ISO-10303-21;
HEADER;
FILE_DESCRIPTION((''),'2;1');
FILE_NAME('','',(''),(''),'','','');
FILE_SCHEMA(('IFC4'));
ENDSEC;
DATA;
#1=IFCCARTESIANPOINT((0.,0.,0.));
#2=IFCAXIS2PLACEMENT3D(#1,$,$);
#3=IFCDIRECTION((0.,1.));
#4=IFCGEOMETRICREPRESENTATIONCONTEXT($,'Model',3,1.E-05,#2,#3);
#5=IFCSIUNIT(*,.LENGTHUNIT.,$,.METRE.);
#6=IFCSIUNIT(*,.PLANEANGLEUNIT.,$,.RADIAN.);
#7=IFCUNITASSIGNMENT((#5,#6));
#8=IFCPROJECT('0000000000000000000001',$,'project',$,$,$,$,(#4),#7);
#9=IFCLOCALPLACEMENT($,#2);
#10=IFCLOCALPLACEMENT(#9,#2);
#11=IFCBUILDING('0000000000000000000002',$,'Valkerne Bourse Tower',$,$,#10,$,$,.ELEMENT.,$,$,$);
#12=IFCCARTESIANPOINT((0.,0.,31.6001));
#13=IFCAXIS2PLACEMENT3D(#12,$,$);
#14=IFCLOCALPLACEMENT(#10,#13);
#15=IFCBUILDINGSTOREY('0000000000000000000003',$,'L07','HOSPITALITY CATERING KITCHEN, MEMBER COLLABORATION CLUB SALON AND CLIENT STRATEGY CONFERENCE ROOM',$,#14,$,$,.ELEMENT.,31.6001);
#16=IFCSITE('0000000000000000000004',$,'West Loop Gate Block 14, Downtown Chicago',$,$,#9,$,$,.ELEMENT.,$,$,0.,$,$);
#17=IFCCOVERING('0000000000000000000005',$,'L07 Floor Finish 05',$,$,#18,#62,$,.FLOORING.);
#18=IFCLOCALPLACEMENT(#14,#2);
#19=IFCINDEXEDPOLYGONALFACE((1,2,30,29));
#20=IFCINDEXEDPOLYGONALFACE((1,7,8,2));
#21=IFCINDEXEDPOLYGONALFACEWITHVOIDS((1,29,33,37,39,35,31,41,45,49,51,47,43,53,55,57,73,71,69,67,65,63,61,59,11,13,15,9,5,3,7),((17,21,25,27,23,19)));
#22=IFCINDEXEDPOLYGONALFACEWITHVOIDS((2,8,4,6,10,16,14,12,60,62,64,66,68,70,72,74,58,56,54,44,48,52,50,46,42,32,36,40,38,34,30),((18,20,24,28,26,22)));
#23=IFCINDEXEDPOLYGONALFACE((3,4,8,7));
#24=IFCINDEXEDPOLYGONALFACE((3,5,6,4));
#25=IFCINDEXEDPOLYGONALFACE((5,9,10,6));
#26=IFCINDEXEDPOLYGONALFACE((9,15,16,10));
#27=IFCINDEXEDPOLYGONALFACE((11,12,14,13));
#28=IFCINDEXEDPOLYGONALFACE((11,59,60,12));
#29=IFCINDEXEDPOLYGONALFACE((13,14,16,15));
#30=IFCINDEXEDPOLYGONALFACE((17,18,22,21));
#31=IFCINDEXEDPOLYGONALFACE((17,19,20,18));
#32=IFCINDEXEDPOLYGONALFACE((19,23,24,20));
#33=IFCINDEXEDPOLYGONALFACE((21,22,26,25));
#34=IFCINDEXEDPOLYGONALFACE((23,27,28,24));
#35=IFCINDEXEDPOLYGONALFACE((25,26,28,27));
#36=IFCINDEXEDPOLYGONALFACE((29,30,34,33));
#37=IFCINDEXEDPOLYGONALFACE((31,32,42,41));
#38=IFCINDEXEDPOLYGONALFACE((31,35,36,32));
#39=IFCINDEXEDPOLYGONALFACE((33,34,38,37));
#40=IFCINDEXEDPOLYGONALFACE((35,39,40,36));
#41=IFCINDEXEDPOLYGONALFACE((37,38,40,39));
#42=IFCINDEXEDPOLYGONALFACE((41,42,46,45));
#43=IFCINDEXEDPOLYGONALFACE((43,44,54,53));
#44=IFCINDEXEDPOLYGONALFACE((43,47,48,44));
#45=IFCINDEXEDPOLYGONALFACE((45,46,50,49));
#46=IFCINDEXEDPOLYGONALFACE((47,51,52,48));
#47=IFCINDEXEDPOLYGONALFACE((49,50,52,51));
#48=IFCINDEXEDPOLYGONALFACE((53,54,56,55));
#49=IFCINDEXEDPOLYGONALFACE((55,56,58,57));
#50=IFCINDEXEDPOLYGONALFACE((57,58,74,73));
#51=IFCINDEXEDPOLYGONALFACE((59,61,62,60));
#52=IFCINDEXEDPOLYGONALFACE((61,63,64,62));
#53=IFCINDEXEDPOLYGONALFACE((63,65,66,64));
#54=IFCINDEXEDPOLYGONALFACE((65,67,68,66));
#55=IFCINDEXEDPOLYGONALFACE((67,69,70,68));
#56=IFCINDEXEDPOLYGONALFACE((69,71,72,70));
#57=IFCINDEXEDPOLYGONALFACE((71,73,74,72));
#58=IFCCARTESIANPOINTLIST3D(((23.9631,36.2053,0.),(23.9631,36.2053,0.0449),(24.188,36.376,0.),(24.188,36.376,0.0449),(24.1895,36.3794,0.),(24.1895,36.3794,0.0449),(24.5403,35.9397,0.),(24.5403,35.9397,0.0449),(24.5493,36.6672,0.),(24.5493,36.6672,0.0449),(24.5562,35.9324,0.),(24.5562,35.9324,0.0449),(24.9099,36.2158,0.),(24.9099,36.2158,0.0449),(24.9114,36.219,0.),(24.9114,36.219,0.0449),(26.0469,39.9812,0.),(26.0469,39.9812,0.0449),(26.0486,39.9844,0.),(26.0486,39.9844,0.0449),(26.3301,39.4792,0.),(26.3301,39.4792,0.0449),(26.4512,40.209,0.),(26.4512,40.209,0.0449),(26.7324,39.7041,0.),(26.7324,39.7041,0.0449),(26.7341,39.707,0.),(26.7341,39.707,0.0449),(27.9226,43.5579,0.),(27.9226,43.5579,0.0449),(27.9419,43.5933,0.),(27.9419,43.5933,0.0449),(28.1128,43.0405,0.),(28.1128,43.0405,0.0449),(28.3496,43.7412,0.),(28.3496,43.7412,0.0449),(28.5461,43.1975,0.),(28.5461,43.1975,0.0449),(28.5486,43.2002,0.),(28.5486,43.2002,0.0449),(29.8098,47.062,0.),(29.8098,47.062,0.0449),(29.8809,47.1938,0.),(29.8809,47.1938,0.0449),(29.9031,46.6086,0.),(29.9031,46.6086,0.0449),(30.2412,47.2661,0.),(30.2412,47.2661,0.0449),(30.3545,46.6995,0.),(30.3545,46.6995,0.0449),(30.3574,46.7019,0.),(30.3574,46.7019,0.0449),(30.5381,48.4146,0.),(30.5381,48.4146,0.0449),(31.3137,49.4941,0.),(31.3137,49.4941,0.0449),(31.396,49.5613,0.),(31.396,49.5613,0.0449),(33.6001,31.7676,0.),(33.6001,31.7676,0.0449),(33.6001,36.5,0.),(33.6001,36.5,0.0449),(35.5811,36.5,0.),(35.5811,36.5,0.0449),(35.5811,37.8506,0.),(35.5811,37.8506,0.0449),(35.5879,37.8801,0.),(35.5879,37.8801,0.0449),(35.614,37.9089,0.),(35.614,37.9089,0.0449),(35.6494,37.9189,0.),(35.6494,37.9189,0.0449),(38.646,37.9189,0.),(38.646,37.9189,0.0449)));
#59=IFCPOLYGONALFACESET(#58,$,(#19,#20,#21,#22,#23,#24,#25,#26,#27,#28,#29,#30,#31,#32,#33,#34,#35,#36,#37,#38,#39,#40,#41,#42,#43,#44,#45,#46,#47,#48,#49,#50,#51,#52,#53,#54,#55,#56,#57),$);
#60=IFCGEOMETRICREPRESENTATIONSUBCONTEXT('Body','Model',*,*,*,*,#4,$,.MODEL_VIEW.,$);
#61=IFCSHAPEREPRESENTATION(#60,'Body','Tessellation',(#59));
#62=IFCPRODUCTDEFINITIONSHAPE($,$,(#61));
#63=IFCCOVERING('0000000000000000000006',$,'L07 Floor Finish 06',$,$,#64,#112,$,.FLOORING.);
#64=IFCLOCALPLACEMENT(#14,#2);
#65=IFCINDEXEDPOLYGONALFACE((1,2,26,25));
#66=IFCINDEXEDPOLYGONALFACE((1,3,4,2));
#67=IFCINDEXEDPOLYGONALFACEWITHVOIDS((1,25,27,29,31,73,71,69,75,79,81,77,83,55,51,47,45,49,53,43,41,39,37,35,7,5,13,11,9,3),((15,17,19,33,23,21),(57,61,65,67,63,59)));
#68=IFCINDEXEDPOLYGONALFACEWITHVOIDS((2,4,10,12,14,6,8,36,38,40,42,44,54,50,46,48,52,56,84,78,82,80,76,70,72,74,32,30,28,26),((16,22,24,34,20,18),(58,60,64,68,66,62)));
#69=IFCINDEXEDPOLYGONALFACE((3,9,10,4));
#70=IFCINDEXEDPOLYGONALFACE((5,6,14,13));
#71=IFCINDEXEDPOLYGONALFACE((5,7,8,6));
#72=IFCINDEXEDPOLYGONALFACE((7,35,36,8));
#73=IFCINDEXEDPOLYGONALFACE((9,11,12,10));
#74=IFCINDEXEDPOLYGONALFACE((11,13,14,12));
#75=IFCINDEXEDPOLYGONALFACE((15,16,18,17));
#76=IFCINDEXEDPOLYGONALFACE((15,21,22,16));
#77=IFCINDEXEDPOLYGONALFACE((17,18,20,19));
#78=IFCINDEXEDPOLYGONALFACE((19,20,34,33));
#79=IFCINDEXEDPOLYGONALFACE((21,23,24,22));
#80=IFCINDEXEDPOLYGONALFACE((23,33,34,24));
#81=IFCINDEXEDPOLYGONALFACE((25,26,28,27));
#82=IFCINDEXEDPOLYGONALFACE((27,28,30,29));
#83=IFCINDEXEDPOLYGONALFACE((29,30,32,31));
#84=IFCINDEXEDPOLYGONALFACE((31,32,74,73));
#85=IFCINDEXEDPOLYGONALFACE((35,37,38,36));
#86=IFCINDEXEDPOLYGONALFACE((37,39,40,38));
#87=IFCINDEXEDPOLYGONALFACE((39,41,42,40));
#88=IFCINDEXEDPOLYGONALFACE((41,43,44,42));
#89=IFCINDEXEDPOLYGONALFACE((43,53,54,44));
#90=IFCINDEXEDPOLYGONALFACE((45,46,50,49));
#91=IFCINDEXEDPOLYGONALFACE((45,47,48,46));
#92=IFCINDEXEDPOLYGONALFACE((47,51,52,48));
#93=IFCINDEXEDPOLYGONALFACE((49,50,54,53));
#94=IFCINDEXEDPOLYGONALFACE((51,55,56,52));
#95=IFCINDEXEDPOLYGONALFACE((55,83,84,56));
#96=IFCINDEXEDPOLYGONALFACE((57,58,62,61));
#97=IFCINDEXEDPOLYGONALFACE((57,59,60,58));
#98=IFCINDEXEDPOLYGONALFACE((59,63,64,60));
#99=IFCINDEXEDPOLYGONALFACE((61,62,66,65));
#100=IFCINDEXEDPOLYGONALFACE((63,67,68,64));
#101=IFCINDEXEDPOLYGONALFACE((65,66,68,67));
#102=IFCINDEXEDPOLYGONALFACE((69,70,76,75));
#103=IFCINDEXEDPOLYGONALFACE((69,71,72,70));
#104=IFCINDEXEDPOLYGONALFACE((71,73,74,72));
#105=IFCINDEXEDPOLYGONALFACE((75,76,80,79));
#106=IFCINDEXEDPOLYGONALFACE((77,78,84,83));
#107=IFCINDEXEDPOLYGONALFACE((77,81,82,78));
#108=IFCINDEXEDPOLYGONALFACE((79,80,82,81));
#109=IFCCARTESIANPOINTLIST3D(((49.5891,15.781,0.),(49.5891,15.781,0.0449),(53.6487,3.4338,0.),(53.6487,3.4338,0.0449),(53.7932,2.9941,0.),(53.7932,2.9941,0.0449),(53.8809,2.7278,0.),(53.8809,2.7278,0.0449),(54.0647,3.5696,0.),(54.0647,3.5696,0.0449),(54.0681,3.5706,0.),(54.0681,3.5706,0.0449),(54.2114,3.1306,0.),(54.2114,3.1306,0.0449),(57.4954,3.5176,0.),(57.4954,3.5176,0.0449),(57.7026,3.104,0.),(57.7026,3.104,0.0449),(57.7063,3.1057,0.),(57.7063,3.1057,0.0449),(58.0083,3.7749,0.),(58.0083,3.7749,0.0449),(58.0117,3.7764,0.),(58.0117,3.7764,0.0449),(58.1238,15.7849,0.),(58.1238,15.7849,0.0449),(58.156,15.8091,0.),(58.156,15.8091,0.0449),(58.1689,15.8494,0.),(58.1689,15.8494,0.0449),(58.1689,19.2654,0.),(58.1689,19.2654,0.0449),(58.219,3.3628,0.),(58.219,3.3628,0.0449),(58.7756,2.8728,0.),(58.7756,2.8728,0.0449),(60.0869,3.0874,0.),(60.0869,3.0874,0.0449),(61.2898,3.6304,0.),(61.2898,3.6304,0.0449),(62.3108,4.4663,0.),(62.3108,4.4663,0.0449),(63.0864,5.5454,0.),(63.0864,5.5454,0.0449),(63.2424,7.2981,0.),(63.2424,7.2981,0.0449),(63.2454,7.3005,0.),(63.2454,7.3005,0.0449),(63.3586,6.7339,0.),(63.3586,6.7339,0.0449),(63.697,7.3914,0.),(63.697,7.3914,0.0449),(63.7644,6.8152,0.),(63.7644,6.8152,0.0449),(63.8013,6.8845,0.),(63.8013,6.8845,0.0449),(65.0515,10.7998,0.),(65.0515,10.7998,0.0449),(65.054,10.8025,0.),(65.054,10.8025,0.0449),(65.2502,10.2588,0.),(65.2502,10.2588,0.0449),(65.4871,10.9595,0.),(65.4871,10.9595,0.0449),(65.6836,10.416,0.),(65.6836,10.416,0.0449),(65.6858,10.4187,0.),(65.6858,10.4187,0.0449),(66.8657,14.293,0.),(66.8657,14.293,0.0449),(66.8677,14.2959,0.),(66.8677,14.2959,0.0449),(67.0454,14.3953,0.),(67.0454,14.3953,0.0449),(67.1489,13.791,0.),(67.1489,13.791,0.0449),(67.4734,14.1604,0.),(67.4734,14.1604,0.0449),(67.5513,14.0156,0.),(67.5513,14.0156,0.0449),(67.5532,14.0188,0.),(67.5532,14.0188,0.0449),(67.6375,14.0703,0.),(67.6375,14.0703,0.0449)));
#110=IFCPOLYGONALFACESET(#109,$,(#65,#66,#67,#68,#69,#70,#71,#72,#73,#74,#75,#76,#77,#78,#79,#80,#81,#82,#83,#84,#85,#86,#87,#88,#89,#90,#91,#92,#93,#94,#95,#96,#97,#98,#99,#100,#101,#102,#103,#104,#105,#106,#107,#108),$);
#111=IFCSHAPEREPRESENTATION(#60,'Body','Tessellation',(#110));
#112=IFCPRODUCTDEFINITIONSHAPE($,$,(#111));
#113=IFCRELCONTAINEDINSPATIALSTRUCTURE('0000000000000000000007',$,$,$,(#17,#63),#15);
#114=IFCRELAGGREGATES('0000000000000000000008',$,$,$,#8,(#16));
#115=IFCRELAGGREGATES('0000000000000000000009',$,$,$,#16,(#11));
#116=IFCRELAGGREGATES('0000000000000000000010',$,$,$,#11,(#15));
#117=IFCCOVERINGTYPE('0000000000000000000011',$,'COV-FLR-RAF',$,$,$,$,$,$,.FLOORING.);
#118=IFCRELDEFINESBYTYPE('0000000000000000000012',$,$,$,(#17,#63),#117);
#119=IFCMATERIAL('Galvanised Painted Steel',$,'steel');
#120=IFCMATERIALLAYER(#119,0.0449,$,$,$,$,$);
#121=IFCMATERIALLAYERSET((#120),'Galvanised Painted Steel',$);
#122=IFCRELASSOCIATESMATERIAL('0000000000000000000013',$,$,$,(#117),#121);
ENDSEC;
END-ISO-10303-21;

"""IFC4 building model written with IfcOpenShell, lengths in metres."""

from ifc_helpers import new_model, si_unit, direction, frame, origin, place, context, subcontext, project, spatial, polyline, outline, extrude, material, layer, layer_set, type_object, element, save


model = new_model("IFC4")

# Units and contexts
model_context = context("Model", 3, precision=1e-05, world=origin(), true_north=direction((0.0, 1.0)))
body_context = subcontext(model_context, "Body", "Model", "MODEL_VIEW")
ifc_project = project(units=[si_unit("LENGTHUNIT", "METRE"), si_unit("PLANEANGLEUNIT", "RADIAN")], contexts=[model_context])

# Site, building, storey
site_placement = place(None, origin())
site = spatial("IfcSite", under=ifc_project, at=site_placement, Name="West Loop Gate Block 14, Downtown Chicago", CompositionType="ELEMENT", RefElevation=0.0)
building_placement = place(site_placement, origin())
building = spatial("IfcBuilding", under=site, at=building_placement, Name="Valkerne Bourse Tower", CompositionType="ELEMENT")
storey_placement = place(building_placement, frame((0.0, 0.0, 31.6001)))
storey = spatial("IfcBuildingStorey", under=building, at=storey_placement, Name="L07", Description="HOSPITALITY CATERING KITCHEN, MEMBER COLLABORATION CLUB SALON AND CLIENT STRATEGY CONFERENCE ROOM", CompositionType="ELEMENT", Elevation=31.6001)

# Coverings
ifc_material_1 = material(Name="Galvanised Painted Steel", Category="steel")
ifc_layer_1 = layer(ifc_material_1, 0.0449)
ifc_layer_set_1 = layer_set([ifc_layer_1], Name="Galvanised Painted Steel")
covering_type_1 = type_object("IfcCoveringType", Name="COV-FLR-RAF", PredefinedType="FLOORING", material=ifc_layer_set_1)
covering_1_placement = place(storey_placement, origin())
element("IfcCovering", 1, at=covering_1_placement, inside=storey, type_object=covering_type_1, Name="L07 Floor Finish 05", PredefinedType="FLOORING", context=body_context, shape_type="SweptSolid", body=[
    extrude(outline(polyline([(31.396, 49.5613), (38.646, 37.9189), (35.6494, 37.9189), (35.614, 37.9089), (35.5879, 37.8801), (35.5811, 37.8506), (35.5811, 36.5), (33.6001, 36.5), (33.6001, 31.7676), (24.5562, 35.9324), (24.9099, 36.2158), (24.9114, 36.219), (24.5493, 36.6672), (24.1895, 36.3794), (24.188, 36.376), (24.5403, 35.9397), (23.9631, 36.2053), (27.9226, 43.5579), (28.1128, 43.0405), (28.5461, 43.1975), (28.5486, 43.2002), (28.3496, 43.7412), (27.9419, 43.5933), (29.8098, 47.062), (29.9031, 46.6086), (30.3545, 46.6995), (30.3574, 46.7019), (30.2412, 47.2661), (29.8809, 47.1938), (30.5381, 48.4146), (31.3137, 49.4941), (31.396, 49.5613)]), holes=[polyline([(26.7324, 39.7041), (26.7341, 39.707), (26.4512, 40.209), (26.0486, 39.9844), (26.0469, 39.9812), (26.3301, 39.4792), (26.7324, 39.7041)])]), origin(), (0.0, 0.0, 1.0), 0.0449),
])
covering_2_placement = place(storey_placement, origin())
element("IfcCovering", 2, at=covering_2_placement, inside=storey, type_object=covering_type_1, Name="L07 Floor Finish 06", PredefinedType="FLOORING", context=body_context, shape_type="SweptSolid", body=[
    extrude(outline(polyline([(60.0869, 3.0874), (58.7756, 2.8728), (53.8809, 2.7278), (53.7932, 2.9941), (54.2114, 3.1306), (54.0681, 3.5706), (54.0647, 3.5696), (53.6487, 3.4338), (49.5891, 15.781), (58.1238, 15.7849), (58.156, 15.8091), (58.1689, 15.8494), (58.1689, 19.2654), (67.0454, 14.3953), (66.8677, 14.2959), (66.8657, 14.293), (67.1489, 13.791), (67.5513, 14.0156), (67.5532, 14.0188), (67.4734, 14.1604), (67.6375, 14.0703), (63.8013, 6.8845), (63.697, 7.3914), (63.2454, 7.3005), (63.2424, 7.2981), (63.3586, 6.7339), (63.7644, 6.8152), (63.0864, 5.5454), (62.3108, 4.4663), (61.2898, 3.6304), (60.0869, 3.0874)]), holes=[polyline([(58.219, 3.3628), (58.0117, 3.7764), (58.0083, 3.7749), (57.4954, 3.5176), (57.7026, 3.104), (57.7063, 3.1057), (58.219, 3.3628)]), polyline([(65.6836, 10.416), (65.6858, 10.4187), (65.4871, 10.9595), (65.054, 10.8025), (65.0515, 10.7998), (65.2502, 10.2588), (65.6836, 10.416)])]), origin(), (0.0, 0.0, 1.0), 0.0449),
])

save(model, "model.ifc")
